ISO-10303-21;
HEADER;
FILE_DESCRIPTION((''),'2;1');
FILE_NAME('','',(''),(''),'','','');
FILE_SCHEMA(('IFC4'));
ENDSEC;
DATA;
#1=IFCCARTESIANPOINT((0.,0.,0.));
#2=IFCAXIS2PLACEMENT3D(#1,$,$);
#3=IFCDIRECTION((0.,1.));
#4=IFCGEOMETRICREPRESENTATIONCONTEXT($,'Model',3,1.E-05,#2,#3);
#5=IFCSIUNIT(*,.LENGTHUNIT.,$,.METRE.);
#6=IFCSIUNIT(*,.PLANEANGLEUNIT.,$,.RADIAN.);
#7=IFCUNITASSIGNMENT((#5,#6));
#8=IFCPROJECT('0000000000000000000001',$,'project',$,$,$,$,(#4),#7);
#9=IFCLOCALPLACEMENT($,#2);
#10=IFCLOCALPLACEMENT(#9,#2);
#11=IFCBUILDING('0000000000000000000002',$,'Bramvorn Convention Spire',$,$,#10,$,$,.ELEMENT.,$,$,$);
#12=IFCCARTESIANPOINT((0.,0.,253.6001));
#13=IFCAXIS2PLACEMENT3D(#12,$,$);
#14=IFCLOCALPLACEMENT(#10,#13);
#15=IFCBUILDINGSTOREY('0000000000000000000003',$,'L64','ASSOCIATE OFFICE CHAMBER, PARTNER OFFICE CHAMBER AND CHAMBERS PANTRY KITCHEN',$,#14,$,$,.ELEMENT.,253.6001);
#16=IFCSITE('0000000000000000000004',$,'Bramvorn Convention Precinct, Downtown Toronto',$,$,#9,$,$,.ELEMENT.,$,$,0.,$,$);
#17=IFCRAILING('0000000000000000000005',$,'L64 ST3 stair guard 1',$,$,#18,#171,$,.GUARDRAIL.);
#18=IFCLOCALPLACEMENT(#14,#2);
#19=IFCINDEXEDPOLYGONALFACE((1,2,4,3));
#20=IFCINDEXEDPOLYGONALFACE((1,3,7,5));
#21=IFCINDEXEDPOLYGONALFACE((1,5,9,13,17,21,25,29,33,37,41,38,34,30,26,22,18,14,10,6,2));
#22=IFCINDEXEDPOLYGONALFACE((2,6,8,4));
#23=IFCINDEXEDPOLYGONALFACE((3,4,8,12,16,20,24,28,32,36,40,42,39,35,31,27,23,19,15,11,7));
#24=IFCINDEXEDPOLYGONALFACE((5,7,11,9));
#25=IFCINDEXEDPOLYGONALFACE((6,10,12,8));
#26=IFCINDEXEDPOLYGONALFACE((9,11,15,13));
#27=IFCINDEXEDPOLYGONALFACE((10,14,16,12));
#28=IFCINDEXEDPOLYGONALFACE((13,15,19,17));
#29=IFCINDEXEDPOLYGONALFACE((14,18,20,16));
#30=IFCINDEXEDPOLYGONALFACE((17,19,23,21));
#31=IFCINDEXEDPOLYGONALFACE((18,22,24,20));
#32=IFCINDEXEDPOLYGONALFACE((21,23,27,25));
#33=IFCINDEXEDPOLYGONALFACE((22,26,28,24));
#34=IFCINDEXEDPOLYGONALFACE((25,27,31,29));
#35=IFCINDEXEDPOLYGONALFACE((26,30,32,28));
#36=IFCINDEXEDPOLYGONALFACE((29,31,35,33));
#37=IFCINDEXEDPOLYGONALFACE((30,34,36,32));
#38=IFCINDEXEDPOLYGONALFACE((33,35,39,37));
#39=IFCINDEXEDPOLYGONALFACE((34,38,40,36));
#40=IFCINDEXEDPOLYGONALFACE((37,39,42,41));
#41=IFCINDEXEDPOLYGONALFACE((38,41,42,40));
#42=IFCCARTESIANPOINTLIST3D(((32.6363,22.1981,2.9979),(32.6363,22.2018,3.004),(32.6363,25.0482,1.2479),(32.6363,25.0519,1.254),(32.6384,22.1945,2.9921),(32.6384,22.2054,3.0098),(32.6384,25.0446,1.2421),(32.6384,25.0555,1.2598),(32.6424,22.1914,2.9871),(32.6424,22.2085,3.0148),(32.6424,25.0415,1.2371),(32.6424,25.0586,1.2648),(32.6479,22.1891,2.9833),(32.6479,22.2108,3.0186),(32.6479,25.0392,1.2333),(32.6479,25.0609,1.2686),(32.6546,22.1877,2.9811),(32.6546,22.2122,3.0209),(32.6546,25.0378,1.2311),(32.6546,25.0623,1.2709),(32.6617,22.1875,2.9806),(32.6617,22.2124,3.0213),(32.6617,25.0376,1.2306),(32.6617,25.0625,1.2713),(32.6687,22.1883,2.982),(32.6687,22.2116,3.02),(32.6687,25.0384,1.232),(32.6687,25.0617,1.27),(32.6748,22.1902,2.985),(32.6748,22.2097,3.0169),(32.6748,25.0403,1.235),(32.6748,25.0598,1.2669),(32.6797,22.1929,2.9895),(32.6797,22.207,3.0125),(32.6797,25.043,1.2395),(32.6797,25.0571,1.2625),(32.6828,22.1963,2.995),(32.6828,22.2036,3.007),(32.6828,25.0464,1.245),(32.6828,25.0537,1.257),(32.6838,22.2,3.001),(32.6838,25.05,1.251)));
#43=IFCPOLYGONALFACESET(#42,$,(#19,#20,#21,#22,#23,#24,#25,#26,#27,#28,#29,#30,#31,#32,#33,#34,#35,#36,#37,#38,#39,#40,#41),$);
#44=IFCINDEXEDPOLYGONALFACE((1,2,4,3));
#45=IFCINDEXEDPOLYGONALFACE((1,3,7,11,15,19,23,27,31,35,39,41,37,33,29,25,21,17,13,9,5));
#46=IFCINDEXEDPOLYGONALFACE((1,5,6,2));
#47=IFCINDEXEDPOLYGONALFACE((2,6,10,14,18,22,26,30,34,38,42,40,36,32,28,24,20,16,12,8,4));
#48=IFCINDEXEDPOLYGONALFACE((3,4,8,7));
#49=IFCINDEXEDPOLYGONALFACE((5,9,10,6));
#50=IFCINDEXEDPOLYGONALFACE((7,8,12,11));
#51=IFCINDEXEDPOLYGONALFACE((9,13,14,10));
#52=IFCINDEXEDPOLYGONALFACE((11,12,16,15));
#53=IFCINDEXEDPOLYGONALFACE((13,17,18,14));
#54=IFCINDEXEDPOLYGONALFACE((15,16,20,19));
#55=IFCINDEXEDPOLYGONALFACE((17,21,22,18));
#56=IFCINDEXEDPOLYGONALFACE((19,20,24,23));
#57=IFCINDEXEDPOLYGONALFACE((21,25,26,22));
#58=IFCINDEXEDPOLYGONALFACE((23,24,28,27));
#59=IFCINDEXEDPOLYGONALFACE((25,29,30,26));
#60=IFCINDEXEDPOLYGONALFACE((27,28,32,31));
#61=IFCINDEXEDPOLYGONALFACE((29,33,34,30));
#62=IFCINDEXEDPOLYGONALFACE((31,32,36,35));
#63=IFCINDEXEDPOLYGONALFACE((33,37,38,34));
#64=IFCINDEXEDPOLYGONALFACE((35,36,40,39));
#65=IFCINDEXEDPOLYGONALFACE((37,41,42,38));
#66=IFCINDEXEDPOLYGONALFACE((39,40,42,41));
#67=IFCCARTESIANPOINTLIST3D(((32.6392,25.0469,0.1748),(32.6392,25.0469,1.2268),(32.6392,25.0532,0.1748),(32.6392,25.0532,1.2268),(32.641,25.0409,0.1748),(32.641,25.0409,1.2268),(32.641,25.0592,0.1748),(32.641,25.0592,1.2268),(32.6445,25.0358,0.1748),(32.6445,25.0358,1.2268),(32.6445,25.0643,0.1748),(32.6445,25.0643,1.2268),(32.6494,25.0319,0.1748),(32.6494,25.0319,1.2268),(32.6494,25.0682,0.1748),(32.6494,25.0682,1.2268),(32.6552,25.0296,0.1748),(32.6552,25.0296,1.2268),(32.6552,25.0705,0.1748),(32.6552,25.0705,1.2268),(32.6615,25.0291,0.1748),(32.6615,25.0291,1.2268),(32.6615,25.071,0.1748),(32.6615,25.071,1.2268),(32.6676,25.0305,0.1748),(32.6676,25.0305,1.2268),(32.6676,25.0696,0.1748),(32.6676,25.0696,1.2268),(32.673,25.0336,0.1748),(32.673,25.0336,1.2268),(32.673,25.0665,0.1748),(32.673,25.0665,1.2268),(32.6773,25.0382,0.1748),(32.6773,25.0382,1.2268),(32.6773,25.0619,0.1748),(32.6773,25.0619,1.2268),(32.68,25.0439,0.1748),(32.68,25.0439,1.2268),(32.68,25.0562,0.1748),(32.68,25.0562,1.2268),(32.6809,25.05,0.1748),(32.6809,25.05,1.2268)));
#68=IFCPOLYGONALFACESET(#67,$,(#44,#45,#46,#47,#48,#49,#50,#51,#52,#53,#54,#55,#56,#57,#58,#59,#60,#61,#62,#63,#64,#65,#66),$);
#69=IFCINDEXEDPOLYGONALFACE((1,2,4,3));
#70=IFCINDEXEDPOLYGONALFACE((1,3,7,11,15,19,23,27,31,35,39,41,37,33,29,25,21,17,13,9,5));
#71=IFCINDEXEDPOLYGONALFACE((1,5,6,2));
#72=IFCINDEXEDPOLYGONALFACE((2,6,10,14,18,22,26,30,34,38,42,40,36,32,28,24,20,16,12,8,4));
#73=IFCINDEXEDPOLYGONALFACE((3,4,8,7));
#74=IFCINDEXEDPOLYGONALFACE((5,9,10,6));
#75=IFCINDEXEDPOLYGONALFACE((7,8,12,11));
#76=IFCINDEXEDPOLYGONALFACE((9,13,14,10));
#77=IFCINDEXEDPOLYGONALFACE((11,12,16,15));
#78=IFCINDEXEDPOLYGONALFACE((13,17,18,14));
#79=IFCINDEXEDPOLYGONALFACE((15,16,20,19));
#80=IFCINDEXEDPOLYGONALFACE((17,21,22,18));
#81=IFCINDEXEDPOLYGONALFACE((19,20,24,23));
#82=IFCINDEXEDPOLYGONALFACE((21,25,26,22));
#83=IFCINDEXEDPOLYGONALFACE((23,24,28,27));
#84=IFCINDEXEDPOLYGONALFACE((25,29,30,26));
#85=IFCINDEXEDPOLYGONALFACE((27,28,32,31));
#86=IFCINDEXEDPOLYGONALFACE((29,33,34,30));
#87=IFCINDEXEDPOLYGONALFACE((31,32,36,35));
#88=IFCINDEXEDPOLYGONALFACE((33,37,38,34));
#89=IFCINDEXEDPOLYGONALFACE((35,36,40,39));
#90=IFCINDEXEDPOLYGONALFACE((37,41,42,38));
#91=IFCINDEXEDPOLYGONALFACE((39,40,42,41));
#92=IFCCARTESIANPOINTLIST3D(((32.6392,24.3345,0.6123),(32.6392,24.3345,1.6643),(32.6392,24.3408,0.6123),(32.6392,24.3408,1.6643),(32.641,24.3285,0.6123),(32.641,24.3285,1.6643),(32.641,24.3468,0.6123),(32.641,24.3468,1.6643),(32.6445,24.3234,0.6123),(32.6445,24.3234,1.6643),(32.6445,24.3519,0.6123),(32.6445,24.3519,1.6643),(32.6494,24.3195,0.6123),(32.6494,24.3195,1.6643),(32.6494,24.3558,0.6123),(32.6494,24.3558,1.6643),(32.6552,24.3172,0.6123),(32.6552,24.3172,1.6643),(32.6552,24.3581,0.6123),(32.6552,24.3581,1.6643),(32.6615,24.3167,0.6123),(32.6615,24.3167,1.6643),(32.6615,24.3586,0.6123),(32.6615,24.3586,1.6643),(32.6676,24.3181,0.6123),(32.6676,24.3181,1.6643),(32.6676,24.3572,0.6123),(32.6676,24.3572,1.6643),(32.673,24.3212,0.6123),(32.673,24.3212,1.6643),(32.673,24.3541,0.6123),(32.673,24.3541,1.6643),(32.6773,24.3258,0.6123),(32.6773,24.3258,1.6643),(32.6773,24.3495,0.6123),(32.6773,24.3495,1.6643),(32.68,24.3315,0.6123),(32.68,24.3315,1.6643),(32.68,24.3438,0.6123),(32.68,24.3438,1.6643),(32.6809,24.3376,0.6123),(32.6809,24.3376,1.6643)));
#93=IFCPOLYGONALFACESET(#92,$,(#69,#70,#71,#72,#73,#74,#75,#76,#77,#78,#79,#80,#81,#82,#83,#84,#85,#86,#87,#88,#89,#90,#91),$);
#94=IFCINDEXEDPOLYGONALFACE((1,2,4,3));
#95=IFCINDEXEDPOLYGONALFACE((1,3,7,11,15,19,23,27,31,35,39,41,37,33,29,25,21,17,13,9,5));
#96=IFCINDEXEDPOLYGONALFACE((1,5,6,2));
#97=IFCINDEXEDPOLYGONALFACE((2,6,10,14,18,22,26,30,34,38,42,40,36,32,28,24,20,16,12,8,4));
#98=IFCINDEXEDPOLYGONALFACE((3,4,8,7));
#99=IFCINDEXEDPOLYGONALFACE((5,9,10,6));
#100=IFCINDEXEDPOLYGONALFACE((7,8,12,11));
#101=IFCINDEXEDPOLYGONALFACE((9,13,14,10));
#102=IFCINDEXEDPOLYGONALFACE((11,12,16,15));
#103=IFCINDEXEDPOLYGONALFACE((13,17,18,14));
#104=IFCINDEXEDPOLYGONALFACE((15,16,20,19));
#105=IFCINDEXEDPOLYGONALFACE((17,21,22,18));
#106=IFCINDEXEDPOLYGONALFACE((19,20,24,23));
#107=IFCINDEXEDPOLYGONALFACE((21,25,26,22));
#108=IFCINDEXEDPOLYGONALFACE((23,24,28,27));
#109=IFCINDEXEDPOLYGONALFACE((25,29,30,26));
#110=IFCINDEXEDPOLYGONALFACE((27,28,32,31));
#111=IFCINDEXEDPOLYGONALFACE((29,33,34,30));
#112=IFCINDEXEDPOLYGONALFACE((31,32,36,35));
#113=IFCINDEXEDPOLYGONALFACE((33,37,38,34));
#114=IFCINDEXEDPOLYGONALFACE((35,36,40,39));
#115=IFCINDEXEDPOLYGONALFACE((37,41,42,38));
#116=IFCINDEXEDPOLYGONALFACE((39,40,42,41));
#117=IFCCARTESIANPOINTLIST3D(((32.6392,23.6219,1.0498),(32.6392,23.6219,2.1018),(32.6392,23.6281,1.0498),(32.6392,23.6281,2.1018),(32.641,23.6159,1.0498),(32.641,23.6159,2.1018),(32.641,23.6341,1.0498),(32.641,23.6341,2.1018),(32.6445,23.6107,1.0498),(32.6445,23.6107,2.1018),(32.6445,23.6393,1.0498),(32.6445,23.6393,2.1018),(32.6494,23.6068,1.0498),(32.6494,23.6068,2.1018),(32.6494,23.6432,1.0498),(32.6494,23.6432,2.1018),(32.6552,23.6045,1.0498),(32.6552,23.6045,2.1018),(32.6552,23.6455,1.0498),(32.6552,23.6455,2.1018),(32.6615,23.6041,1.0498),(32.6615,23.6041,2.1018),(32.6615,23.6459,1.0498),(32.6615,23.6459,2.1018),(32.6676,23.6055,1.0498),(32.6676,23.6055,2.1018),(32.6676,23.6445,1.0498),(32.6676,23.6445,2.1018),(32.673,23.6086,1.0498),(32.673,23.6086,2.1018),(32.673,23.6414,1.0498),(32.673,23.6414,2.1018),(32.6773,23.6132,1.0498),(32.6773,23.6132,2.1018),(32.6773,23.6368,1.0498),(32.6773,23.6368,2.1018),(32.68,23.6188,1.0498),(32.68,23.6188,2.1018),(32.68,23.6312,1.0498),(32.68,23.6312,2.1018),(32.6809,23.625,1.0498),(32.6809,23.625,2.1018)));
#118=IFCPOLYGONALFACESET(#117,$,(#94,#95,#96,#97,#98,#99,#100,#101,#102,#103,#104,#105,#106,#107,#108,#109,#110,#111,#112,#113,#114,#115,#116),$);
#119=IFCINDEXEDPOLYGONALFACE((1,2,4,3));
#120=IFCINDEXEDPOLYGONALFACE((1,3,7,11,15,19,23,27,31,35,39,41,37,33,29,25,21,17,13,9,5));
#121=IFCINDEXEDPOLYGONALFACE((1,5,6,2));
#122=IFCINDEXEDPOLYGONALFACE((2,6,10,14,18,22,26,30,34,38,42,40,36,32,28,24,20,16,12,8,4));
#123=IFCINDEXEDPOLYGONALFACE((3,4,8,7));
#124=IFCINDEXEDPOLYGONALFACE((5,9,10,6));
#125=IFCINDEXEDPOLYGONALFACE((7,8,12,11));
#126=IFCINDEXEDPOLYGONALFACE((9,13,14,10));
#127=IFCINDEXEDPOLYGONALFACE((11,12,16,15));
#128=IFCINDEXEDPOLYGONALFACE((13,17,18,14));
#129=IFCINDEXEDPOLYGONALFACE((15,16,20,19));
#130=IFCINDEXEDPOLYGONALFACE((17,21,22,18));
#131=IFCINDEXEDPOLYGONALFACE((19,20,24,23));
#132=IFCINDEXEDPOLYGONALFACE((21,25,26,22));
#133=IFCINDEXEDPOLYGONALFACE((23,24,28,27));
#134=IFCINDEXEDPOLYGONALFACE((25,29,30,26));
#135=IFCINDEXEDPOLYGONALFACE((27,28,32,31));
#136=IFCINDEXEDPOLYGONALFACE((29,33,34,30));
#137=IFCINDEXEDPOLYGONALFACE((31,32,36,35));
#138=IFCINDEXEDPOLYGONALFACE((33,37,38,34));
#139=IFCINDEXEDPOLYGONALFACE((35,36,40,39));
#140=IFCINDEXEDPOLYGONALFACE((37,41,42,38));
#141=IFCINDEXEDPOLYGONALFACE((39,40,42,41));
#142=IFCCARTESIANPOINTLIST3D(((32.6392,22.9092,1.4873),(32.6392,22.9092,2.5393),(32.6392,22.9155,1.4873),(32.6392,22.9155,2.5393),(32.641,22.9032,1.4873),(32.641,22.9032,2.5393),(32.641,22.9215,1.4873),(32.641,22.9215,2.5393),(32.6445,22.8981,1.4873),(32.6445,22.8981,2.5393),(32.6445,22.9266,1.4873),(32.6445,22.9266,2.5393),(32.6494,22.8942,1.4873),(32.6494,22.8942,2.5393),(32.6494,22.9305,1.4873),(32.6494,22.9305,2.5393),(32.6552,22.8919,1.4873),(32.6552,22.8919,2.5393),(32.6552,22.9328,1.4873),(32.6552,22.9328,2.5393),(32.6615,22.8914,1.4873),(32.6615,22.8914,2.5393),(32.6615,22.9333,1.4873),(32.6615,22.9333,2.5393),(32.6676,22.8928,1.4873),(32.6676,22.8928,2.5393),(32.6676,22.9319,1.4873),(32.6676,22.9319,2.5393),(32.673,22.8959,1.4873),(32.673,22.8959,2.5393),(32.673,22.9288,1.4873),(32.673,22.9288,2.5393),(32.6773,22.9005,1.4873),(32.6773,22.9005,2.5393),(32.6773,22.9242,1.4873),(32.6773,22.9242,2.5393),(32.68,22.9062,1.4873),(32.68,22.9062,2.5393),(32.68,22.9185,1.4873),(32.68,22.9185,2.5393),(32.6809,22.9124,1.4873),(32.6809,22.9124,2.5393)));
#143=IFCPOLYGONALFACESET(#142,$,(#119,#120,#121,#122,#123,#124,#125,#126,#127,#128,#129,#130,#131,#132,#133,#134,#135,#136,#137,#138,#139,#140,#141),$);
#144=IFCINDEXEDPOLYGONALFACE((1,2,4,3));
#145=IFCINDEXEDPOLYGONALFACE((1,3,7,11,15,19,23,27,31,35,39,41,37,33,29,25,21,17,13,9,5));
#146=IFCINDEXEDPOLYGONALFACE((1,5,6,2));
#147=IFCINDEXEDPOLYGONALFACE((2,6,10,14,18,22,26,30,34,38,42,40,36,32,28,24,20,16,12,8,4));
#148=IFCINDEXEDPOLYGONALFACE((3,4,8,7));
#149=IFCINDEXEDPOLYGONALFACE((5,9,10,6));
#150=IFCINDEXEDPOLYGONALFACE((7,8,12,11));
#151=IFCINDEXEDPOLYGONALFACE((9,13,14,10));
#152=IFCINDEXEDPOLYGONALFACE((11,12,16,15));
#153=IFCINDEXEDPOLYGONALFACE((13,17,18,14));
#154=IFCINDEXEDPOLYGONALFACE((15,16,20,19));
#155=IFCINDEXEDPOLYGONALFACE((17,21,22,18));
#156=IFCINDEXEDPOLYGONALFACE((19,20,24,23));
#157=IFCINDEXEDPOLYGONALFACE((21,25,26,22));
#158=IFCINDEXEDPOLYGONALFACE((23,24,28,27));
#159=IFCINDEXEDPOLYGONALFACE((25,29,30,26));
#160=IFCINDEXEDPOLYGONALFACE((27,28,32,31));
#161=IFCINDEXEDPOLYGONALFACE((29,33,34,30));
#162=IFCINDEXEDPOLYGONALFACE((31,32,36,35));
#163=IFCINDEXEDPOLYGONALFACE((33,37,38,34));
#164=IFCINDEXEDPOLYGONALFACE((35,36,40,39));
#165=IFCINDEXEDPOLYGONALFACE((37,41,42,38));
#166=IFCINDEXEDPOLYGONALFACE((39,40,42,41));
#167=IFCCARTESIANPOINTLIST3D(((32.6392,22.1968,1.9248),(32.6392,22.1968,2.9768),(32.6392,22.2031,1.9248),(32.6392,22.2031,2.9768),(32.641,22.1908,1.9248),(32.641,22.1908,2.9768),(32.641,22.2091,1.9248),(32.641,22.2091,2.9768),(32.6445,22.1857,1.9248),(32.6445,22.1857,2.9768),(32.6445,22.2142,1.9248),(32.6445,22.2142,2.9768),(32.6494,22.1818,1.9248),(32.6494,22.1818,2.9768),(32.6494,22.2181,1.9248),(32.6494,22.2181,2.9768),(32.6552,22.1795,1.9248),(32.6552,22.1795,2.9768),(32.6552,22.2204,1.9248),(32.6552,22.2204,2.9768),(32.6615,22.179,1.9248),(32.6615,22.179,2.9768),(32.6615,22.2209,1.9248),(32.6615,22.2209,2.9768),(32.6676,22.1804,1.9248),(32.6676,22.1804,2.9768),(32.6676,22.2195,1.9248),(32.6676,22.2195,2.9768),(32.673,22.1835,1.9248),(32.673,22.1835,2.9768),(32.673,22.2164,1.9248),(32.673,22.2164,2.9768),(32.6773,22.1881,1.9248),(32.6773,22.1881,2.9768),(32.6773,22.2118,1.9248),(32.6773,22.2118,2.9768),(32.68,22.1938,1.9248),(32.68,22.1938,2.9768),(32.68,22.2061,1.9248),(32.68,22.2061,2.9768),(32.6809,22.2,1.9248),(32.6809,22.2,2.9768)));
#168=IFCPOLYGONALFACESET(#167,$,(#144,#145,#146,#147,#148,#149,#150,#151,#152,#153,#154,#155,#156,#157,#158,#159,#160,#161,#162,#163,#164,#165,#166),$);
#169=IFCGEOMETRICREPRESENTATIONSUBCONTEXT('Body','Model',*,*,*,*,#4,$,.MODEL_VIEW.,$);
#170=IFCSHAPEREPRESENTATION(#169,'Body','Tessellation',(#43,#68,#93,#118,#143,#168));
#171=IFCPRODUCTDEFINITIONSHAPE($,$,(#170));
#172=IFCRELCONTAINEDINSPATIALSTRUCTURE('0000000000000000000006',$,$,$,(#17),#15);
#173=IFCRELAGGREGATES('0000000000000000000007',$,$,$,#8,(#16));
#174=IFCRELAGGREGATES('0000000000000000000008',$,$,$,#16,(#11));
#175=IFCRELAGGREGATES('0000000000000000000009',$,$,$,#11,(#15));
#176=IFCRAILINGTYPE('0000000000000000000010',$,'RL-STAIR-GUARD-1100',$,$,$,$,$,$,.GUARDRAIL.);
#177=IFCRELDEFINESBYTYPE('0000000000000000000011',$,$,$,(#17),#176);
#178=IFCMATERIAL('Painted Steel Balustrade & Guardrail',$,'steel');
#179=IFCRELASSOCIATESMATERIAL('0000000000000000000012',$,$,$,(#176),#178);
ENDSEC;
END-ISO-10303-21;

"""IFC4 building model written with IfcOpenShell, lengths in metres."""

from ifc_helpers import new_model, si_unit, direction, frame, origin, origin_2d, place, context, subcontext, project, spatial, circle, extrude, material, type_object, element, save


model = new_model("IFC4")

# Units and contexts
model_context = context("Model", 3, precision=1e-05, world=origin(), true_north=direction((0.0, 1.0)))
body_context = subcontext(model_context, "Body", "Model", "MODEL_VIEW")
ifc_project = project(units=[si_unit("LENGTHUNIT", "METRE"), si_unit("PLANEANGLEUNIT", "RADIAN")], contexts=[model_context])

# Site, building, storey
site_placement = place(None, origin())
site = spatial("IfcSite", under=ifc_project, at=site_placement, Name="Bramvorn Convention Precinct, Downtown Toronto", CompositionType="ELEMENT", RefElevation=0.0)
building_placement = place(site_placement, origin())
building = spatial("IfcBuilding", under=site, at=building_placement, Name="Bramvorn Convention Spire", CompositionType="ELEMENT")
storey_placement = place(building_placement, frame((0.0, 0.0, 253.6001)))
storey = spatial("IfcBuildingStorey", under=building, at=storey_placement, Name="L64", Description="ASSOCIATE OFFICE CHAMBER, PARTNER OFFICE CHAMBER AND CHAMBERS PANTRY KITCHEN", CompositionType="ELEMENT", Elevation=253.6001)

# Railing
ifc_material_1 = material(Name="Painted Steel Balustrade & Guardrail", Category="steel")
railing_type_1 = type_object("IfcRailingType", Name="RL-STAIR-GUARD-1100", PredefinedType="GUARDRAIL", material=ifc_material_1)
railing_1_placement = place(storey_placement, frame((32.6599, 25.05, 0.1748)))
element("IfcRailing", 1, at=railing_1_placement, inside=storey, type_object=railing_type_1, Name="L64 ST3 stair guard 1", PredefinedType="GUARDRAIL", context=body_context, shape_type="SweptSolid", body=[
    extrude(circle(Radius=0.0239, at=origin_2d()), frame((0.0, 0.0, 1.0762), z_axis=(0.0, -0.852179, 0.52325), x_axis=(1.0, 0.0, 0.0)), (0.0, 0.0, 1.0), 3.3445),
    extrude(circle(Radius=0.021, at=origin_2d()), origin(), (0.0, 0.0, 1.0), 1.052),
    extrude(circle(Radius=0.021, at=origin_2d()), frame((0.0, -0.7124, 0.4375)), (0.0, 0.0, 1.0), 1.052),
    extrude(circle(Radius=0.021, at=origin_2d()), frame((0.0, -1.425, 0.875)), (0.0, 0.0, 1.0), 1.052),
    extrude(circle(Radius=0.021, at=origin_2d()), frame((0.0, -2.1377, 1.3125)), (0.0, 0.0, 1.0), 1.052),
    extrude(circle(Radius=0.021, at=origin_2d()), frame((0.0, -2.8501, 1.75)), (0.0, 0.0, 1.0), 1.052),
])

save(model, "model.ifc")
